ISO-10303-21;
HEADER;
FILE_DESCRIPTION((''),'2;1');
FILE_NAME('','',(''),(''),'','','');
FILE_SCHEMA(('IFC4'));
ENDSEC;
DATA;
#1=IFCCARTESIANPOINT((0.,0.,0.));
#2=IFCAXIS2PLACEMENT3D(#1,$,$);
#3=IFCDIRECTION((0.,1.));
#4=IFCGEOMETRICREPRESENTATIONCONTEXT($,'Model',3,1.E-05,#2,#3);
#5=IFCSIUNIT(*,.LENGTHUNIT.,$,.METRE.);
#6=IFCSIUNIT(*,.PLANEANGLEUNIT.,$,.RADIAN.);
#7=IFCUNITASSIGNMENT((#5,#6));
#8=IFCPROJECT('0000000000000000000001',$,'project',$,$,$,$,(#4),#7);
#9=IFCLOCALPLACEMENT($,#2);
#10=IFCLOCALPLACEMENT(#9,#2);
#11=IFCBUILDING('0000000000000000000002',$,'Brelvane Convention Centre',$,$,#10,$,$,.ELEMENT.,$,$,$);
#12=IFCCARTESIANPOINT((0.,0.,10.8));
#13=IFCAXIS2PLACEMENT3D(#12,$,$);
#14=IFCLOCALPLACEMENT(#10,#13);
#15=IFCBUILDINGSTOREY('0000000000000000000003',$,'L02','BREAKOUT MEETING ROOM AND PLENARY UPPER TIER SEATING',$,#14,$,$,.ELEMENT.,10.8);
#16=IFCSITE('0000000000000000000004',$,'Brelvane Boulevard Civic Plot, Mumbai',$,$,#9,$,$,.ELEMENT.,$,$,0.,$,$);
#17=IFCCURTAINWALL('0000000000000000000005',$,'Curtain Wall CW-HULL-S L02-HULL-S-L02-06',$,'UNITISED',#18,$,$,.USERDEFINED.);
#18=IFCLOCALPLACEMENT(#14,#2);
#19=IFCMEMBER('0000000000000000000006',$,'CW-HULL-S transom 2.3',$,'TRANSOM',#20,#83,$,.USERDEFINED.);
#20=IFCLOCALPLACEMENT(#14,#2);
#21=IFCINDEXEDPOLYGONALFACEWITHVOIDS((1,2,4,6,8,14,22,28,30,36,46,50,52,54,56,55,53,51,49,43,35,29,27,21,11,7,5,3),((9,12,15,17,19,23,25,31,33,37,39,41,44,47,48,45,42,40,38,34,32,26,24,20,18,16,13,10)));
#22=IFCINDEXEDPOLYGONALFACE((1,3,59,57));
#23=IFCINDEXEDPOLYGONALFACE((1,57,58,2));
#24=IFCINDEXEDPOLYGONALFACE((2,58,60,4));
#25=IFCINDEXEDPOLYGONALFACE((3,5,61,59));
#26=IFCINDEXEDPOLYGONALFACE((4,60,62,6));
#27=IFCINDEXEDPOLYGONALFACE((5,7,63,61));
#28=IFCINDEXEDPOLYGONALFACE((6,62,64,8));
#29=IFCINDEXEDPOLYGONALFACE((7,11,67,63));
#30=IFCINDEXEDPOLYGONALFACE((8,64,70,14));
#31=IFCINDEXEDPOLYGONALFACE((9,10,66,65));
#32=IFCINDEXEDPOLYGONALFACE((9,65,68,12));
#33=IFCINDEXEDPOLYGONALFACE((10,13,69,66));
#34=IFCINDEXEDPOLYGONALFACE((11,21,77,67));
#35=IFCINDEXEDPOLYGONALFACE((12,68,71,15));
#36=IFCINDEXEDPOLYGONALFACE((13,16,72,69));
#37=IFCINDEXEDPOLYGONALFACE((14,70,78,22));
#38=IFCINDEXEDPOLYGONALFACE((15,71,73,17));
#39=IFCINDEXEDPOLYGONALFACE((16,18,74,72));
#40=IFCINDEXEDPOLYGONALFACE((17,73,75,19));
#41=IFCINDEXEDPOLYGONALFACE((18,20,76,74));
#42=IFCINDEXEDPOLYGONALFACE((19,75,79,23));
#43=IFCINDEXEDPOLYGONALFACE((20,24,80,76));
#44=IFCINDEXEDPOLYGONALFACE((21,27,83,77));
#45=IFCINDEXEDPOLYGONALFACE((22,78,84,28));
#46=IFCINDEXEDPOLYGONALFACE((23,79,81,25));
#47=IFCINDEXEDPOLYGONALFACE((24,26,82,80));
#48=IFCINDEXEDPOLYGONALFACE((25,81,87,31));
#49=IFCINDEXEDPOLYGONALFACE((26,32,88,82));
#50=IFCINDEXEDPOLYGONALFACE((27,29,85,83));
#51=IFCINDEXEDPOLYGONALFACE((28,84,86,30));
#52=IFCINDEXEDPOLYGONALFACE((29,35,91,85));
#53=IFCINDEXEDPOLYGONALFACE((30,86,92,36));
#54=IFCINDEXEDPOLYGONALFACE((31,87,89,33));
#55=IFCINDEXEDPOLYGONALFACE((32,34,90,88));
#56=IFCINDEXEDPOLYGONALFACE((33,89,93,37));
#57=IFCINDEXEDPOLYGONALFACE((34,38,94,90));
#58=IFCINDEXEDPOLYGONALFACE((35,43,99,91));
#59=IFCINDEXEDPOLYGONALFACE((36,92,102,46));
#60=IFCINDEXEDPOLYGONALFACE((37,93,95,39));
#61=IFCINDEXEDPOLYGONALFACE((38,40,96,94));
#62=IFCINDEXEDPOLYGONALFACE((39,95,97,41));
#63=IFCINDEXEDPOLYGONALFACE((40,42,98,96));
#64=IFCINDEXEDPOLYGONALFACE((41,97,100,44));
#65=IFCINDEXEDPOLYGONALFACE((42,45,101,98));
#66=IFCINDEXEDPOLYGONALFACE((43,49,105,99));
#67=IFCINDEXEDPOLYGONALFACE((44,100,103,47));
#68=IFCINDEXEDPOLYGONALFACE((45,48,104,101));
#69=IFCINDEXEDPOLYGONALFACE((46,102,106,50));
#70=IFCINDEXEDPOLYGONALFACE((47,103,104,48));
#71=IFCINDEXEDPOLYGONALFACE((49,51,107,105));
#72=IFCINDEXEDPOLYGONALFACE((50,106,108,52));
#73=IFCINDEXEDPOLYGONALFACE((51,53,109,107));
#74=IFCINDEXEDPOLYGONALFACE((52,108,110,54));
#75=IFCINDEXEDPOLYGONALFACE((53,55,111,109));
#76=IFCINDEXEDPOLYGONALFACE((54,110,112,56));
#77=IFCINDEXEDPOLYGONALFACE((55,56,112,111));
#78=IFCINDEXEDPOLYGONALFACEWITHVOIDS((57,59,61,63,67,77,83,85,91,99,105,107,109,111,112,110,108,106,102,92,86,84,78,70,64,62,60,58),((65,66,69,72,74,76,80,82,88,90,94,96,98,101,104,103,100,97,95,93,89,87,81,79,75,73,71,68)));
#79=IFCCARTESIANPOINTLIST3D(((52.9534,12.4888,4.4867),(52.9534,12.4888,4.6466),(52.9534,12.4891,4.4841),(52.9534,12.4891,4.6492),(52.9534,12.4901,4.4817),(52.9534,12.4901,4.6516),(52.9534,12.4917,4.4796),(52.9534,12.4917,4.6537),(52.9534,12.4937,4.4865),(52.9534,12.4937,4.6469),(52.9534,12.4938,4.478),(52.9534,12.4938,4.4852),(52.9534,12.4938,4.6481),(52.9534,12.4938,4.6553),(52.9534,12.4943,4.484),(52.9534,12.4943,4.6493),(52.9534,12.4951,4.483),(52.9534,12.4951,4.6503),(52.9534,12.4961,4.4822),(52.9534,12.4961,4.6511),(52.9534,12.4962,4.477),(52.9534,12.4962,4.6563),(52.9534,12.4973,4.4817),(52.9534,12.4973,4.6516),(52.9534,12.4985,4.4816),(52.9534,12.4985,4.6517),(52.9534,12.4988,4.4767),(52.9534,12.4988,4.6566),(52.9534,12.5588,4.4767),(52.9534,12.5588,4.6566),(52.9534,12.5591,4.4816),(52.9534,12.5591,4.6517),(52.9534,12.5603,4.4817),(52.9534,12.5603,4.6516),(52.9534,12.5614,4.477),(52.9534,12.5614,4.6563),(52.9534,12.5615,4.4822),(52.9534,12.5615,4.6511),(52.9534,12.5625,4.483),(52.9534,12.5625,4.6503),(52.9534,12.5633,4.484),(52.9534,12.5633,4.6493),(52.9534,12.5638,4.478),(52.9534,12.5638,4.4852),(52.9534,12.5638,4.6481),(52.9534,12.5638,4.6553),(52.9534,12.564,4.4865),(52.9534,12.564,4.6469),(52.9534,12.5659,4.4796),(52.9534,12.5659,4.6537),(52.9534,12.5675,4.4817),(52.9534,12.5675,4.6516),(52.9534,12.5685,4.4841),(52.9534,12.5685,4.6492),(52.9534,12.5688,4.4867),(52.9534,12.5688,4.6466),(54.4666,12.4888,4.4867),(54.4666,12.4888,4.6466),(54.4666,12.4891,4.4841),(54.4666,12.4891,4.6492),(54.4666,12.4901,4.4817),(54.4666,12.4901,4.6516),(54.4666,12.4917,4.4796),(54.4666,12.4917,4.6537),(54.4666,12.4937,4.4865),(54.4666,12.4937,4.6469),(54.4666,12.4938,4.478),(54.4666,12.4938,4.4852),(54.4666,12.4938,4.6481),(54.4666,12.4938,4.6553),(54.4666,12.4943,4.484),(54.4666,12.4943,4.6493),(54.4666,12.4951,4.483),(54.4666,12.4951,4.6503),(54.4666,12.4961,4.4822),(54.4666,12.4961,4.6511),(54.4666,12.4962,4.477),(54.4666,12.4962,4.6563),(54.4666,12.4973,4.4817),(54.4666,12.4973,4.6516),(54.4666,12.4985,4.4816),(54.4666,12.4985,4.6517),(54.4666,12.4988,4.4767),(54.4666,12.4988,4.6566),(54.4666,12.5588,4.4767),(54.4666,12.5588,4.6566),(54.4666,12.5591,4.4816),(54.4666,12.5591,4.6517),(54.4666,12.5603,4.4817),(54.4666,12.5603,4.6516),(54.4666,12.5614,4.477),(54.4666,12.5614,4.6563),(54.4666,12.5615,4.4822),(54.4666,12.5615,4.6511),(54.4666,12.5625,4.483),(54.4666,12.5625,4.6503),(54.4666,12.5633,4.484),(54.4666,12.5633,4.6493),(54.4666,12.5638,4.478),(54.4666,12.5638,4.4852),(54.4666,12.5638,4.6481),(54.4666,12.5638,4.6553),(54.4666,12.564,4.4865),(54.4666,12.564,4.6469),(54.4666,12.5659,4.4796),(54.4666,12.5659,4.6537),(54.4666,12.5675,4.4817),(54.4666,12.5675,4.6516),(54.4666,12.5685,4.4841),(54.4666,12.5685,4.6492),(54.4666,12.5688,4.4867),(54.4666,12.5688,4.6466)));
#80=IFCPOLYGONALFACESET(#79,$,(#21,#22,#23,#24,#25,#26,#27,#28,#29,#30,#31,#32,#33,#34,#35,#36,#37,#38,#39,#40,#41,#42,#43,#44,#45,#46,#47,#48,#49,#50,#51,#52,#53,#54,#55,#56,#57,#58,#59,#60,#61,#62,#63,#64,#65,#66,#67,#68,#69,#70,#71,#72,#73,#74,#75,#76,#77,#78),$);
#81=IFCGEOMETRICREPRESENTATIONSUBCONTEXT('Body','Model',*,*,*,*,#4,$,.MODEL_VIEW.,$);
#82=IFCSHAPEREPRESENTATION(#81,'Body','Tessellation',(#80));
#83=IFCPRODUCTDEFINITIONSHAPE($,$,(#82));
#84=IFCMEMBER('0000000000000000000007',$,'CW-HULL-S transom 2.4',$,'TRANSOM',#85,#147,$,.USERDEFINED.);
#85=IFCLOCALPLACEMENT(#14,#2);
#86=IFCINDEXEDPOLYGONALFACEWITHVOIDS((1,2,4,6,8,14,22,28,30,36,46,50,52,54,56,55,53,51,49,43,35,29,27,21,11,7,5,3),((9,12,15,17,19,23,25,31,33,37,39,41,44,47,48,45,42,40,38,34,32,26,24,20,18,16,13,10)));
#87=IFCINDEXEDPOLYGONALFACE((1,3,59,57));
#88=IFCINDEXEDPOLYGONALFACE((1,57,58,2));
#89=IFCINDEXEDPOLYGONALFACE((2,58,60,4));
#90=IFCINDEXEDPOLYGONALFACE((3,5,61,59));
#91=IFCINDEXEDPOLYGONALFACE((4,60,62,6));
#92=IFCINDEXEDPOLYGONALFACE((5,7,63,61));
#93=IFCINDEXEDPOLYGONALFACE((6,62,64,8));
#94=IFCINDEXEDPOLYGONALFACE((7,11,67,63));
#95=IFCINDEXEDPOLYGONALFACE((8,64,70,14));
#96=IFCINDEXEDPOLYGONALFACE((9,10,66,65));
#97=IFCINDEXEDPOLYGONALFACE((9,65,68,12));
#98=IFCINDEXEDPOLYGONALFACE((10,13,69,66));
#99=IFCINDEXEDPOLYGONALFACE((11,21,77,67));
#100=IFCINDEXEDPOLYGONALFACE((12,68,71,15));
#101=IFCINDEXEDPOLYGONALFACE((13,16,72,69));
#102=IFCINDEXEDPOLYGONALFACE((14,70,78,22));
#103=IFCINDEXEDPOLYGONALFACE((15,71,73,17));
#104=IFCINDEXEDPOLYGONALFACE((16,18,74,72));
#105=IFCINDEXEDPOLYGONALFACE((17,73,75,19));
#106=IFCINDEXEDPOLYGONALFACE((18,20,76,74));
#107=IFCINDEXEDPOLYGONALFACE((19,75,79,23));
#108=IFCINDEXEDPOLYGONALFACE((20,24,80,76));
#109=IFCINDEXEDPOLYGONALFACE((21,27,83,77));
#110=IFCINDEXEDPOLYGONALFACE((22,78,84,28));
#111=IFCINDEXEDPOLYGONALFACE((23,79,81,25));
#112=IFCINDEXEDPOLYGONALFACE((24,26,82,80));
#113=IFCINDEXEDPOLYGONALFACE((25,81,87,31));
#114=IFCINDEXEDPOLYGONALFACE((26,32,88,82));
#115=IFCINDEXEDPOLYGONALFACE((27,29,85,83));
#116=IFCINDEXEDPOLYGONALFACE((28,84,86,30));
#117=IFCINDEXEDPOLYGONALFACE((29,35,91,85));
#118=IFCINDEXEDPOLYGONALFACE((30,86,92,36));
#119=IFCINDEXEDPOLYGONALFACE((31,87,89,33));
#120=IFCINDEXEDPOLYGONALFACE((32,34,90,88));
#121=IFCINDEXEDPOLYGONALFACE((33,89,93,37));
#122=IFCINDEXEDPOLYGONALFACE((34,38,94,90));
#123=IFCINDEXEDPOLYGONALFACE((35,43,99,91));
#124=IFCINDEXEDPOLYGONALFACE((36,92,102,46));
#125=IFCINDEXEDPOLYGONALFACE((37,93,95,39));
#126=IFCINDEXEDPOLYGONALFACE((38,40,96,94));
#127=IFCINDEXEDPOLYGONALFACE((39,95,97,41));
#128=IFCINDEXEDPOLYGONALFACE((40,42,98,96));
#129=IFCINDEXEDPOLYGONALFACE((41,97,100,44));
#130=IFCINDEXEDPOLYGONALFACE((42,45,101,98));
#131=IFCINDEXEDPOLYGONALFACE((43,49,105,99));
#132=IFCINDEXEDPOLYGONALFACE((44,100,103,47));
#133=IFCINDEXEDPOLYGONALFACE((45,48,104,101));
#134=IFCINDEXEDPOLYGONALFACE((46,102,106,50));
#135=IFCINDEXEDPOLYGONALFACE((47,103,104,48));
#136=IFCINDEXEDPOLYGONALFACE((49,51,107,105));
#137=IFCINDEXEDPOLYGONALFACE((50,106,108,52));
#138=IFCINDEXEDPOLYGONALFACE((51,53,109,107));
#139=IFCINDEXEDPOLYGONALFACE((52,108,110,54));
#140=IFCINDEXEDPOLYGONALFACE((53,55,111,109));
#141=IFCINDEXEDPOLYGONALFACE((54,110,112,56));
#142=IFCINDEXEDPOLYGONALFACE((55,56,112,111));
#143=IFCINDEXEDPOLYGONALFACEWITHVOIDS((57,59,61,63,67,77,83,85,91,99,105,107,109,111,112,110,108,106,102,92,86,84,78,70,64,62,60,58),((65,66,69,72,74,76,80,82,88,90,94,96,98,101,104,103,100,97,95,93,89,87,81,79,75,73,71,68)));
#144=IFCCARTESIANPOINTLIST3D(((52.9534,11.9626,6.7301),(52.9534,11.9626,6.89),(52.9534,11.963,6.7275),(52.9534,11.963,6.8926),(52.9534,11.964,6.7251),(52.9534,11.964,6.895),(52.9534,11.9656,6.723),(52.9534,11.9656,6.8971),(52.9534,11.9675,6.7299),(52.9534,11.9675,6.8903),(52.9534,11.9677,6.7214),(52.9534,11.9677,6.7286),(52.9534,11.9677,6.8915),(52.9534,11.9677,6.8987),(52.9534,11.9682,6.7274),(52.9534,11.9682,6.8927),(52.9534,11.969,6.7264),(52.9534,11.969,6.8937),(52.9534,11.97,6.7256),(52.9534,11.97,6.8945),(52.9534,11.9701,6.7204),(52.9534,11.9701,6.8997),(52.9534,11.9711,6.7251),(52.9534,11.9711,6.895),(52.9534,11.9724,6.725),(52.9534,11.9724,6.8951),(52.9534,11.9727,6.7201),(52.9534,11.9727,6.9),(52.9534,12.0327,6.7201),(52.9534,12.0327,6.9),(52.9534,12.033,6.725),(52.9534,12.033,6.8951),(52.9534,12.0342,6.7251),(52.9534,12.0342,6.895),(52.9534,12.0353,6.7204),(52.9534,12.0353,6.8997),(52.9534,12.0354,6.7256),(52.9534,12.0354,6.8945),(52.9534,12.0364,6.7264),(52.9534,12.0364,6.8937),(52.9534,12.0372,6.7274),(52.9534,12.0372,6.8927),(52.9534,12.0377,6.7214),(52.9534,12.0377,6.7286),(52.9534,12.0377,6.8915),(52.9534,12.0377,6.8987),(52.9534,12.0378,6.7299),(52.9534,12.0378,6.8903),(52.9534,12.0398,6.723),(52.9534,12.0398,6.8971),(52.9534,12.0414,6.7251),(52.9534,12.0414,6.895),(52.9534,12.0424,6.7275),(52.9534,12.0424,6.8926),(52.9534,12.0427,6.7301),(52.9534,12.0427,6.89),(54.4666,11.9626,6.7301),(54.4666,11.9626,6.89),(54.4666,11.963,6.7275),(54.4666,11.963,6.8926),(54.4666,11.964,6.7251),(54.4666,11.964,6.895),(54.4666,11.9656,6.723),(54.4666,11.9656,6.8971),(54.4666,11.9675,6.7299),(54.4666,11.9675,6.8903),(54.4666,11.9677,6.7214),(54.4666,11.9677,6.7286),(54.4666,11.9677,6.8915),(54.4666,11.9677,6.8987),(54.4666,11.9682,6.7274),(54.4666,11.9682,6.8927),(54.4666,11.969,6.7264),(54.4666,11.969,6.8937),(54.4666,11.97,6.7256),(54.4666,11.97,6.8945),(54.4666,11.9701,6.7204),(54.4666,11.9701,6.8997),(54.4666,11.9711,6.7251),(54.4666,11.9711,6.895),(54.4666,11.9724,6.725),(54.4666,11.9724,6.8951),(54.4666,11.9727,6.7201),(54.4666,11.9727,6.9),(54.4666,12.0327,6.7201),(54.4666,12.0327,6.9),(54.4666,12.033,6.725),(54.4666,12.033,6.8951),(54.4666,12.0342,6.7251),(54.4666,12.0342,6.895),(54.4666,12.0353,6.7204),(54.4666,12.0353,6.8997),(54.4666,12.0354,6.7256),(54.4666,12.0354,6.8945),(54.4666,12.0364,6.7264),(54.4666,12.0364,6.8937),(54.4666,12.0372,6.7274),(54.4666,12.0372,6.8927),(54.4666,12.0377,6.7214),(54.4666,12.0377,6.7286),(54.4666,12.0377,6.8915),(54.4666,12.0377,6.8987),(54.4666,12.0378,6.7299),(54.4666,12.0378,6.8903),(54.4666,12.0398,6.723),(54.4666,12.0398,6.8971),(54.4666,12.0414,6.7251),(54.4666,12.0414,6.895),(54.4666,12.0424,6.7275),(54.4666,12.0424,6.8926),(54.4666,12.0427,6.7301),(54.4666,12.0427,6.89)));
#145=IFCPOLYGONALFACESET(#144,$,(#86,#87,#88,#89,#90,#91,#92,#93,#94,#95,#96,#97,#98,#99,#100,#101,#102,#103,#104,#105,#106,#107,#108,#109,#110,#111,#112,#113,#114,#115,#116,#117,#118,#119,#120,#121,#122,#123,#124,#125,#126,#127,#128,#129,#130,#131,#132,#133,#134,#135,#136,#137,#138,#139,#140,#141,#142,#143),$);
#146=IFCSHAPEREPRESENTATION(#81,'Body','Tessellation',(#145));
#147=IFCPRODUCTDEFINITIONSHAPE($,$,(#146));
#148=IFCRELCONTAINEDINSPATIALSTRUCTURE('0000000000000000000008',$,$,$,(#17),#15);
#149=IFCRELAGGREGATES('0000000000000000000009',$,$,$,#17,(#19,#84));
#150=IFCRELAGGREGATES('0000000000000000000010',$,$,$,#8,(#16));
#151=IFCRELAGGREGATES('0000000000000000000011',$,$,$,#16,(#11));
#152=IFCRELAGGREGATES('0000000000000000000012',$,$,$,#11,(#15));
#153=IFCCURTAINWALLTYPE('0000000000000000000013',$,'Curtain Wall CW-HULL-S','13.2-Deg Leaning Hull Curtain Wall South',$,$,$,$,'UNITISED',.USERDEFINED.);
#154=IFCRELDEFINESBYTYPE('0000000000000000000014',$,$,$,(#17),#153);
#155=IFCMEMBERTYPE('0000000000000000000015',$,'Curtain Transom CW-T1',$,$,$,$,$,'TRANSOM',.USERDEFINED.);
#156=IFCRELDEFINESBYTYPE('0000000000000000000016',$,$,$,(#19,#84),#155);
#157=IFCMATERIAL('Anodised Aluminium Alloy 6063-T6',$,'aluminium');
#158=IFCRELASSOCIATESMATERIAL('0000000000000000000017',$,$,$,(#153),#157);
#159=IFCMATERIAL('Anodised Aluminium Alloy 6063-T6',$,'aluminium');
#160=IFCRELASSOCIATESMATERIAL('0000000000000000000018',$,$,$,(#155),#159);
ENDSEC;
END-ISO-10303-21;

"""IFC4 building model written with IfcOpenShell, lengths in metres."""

from ifc_helpers import new_model, si_unit, direction, frame, origin, origin_2d, place, context, subcontext, project, spatial, hollow_rectangle, extrude, material, material_profile, profile_set, type_object, element, aggregate, save


model = new_model("IFC4")

# Units and contexts
model_context = context("Model", 3, precision=1e-05, world=origin(), true_north=direction((0.0, 1.0)))
body_context = subcontext(model_context, "Body", "Model", "MODEL_VIEW")
ifc_project = project(units=[si_unit("LENGTHUNIT", "METRE"), si_unit("PLANEANGLEUNIT", "RADIAN")], contexts=[model_context])

# Site, building, storey
site_placement = place(None, origin())
site = spatial("IfcSite", under=ifc_project, at=site_placement, Name="Brelvane Boulevard Civic Plot, Mumbai", CompositionType="ELEMENT", RefElevation=0.0)
building_placement = place(site_placement, origin())
building = spatial("IfcBuilding", under=site, at=building_placement, Name="Brelvane Convention Centre", CompositionType="ELEMENT")
storey_placement = place(building_placement, frame((0.0, 0.0, 10.8)))
storey = spatial("IfcBuildingStorey", under=building, at=storey_placement, Name="L02", Description="BREAKOUT MEETING ROOM AND PLENARY UPPER TIER SEATING", CompositionType="ELEMENT", Elevation=10.8)

# Curtain wall, members
ifc_material_1 = material(Name="Anodised Aluminium Alloy 6063-T6", Category="aluminium")
curtain_wall_type = type_object("IfcCurtainWallType", Name="Curtain Wall CW-HULL-S", Description="13.2-Deg Leaning Hull Curtain Wall South", ElementType="UNITISED", PredefinedType="USERDEFINED", material=ifc_material_1)
curtain_wall_placement = place(storey_placement, origin())
curtain_wall = element("IfcCurtainWall", 1, at=curtain_wall_placement, inside=storey, type_object=curtain_wall_type, Name="Curtain Wall CW-HULL-S L02-HULL-S-L02-06", ObjectType="UNITISED", PredefinedType="USERDEFINED")
ifc_material_2 = material(Name="Anodised Aluminium Alloy 6063-T6", Category="aluminium")
ifc_material_profile = material_profile(ifc_material_2, hollow_rectangle(XDim=0.0801, YDim=0.1799, WallThickness=0.0049, InnerFilletRadius=0.0049, OuterFilletRadius=0.01, at=origin_2d()), Name="ALU-T 180x80x5.0")
ifc_profile_set = profile_set([ifc_material_profile], Name="Anodised Aluminium Alloy 6063-T6")
member_type = type_object("IfcMemberType", Name="Curtain Transom CW-T1", ElementType="TRANSOM", PredefinedType="USERDEFINED", material=ifc_profile_set)
member_1_placement = place(storey_placement, frame((52.9534, 12.5288, 4.5667), z_axis=(1.0, 0.0, 0.0), x_axis=(0.0, 1.0, 0.0)))
member_1 = element("IfcMember", 2, at=member_1_placement, type_object=member_type, Name="CW-HULL-S transom 2.3", ObjectType="TRANSOM", PredefinedType="USERDEFINED", context=body_context, shape_type="SweptSolid", body=[
    extrude(hollow_rectangle(XDim=0.0801, YDim=0.1799, WallThickness=0.0049, InnerFilletRadius=0.0049, OuterFilletRadius=0.01, at=origin_2d()), origin(), (0.0, 0.0, 1.0), 1.5132),
])
member_2_placement = place(storey_placement, frame((52.9534, 12.0027, 6.8101), z_axis=(1.0, 0.0, 0.0), x_axis=(0.0, 1.0, 0.0)))
member_2 = element("IfcMember", 3, at=member_2_placement, type_object=member_type, Name="CW-HULL-S transom 2.4", ObjectType="TRANSOM", PredefinedType="USERDEFINED", context=body_context, shape_type="SweptSolid", body=[
    extrude(hollow_rectangle(XDim=0.0801, YDim=0.1799, WallThickness=0.0049, InnerFilletRadius=0.0049, OuterFilletRadius=0.01, at=origin_2d()), origin(), (0.0, 0.0, 1.0), 1.5132),
])
aggregate(curtain_wall, [member_1, member_2])

save(model, "model.ifc")
